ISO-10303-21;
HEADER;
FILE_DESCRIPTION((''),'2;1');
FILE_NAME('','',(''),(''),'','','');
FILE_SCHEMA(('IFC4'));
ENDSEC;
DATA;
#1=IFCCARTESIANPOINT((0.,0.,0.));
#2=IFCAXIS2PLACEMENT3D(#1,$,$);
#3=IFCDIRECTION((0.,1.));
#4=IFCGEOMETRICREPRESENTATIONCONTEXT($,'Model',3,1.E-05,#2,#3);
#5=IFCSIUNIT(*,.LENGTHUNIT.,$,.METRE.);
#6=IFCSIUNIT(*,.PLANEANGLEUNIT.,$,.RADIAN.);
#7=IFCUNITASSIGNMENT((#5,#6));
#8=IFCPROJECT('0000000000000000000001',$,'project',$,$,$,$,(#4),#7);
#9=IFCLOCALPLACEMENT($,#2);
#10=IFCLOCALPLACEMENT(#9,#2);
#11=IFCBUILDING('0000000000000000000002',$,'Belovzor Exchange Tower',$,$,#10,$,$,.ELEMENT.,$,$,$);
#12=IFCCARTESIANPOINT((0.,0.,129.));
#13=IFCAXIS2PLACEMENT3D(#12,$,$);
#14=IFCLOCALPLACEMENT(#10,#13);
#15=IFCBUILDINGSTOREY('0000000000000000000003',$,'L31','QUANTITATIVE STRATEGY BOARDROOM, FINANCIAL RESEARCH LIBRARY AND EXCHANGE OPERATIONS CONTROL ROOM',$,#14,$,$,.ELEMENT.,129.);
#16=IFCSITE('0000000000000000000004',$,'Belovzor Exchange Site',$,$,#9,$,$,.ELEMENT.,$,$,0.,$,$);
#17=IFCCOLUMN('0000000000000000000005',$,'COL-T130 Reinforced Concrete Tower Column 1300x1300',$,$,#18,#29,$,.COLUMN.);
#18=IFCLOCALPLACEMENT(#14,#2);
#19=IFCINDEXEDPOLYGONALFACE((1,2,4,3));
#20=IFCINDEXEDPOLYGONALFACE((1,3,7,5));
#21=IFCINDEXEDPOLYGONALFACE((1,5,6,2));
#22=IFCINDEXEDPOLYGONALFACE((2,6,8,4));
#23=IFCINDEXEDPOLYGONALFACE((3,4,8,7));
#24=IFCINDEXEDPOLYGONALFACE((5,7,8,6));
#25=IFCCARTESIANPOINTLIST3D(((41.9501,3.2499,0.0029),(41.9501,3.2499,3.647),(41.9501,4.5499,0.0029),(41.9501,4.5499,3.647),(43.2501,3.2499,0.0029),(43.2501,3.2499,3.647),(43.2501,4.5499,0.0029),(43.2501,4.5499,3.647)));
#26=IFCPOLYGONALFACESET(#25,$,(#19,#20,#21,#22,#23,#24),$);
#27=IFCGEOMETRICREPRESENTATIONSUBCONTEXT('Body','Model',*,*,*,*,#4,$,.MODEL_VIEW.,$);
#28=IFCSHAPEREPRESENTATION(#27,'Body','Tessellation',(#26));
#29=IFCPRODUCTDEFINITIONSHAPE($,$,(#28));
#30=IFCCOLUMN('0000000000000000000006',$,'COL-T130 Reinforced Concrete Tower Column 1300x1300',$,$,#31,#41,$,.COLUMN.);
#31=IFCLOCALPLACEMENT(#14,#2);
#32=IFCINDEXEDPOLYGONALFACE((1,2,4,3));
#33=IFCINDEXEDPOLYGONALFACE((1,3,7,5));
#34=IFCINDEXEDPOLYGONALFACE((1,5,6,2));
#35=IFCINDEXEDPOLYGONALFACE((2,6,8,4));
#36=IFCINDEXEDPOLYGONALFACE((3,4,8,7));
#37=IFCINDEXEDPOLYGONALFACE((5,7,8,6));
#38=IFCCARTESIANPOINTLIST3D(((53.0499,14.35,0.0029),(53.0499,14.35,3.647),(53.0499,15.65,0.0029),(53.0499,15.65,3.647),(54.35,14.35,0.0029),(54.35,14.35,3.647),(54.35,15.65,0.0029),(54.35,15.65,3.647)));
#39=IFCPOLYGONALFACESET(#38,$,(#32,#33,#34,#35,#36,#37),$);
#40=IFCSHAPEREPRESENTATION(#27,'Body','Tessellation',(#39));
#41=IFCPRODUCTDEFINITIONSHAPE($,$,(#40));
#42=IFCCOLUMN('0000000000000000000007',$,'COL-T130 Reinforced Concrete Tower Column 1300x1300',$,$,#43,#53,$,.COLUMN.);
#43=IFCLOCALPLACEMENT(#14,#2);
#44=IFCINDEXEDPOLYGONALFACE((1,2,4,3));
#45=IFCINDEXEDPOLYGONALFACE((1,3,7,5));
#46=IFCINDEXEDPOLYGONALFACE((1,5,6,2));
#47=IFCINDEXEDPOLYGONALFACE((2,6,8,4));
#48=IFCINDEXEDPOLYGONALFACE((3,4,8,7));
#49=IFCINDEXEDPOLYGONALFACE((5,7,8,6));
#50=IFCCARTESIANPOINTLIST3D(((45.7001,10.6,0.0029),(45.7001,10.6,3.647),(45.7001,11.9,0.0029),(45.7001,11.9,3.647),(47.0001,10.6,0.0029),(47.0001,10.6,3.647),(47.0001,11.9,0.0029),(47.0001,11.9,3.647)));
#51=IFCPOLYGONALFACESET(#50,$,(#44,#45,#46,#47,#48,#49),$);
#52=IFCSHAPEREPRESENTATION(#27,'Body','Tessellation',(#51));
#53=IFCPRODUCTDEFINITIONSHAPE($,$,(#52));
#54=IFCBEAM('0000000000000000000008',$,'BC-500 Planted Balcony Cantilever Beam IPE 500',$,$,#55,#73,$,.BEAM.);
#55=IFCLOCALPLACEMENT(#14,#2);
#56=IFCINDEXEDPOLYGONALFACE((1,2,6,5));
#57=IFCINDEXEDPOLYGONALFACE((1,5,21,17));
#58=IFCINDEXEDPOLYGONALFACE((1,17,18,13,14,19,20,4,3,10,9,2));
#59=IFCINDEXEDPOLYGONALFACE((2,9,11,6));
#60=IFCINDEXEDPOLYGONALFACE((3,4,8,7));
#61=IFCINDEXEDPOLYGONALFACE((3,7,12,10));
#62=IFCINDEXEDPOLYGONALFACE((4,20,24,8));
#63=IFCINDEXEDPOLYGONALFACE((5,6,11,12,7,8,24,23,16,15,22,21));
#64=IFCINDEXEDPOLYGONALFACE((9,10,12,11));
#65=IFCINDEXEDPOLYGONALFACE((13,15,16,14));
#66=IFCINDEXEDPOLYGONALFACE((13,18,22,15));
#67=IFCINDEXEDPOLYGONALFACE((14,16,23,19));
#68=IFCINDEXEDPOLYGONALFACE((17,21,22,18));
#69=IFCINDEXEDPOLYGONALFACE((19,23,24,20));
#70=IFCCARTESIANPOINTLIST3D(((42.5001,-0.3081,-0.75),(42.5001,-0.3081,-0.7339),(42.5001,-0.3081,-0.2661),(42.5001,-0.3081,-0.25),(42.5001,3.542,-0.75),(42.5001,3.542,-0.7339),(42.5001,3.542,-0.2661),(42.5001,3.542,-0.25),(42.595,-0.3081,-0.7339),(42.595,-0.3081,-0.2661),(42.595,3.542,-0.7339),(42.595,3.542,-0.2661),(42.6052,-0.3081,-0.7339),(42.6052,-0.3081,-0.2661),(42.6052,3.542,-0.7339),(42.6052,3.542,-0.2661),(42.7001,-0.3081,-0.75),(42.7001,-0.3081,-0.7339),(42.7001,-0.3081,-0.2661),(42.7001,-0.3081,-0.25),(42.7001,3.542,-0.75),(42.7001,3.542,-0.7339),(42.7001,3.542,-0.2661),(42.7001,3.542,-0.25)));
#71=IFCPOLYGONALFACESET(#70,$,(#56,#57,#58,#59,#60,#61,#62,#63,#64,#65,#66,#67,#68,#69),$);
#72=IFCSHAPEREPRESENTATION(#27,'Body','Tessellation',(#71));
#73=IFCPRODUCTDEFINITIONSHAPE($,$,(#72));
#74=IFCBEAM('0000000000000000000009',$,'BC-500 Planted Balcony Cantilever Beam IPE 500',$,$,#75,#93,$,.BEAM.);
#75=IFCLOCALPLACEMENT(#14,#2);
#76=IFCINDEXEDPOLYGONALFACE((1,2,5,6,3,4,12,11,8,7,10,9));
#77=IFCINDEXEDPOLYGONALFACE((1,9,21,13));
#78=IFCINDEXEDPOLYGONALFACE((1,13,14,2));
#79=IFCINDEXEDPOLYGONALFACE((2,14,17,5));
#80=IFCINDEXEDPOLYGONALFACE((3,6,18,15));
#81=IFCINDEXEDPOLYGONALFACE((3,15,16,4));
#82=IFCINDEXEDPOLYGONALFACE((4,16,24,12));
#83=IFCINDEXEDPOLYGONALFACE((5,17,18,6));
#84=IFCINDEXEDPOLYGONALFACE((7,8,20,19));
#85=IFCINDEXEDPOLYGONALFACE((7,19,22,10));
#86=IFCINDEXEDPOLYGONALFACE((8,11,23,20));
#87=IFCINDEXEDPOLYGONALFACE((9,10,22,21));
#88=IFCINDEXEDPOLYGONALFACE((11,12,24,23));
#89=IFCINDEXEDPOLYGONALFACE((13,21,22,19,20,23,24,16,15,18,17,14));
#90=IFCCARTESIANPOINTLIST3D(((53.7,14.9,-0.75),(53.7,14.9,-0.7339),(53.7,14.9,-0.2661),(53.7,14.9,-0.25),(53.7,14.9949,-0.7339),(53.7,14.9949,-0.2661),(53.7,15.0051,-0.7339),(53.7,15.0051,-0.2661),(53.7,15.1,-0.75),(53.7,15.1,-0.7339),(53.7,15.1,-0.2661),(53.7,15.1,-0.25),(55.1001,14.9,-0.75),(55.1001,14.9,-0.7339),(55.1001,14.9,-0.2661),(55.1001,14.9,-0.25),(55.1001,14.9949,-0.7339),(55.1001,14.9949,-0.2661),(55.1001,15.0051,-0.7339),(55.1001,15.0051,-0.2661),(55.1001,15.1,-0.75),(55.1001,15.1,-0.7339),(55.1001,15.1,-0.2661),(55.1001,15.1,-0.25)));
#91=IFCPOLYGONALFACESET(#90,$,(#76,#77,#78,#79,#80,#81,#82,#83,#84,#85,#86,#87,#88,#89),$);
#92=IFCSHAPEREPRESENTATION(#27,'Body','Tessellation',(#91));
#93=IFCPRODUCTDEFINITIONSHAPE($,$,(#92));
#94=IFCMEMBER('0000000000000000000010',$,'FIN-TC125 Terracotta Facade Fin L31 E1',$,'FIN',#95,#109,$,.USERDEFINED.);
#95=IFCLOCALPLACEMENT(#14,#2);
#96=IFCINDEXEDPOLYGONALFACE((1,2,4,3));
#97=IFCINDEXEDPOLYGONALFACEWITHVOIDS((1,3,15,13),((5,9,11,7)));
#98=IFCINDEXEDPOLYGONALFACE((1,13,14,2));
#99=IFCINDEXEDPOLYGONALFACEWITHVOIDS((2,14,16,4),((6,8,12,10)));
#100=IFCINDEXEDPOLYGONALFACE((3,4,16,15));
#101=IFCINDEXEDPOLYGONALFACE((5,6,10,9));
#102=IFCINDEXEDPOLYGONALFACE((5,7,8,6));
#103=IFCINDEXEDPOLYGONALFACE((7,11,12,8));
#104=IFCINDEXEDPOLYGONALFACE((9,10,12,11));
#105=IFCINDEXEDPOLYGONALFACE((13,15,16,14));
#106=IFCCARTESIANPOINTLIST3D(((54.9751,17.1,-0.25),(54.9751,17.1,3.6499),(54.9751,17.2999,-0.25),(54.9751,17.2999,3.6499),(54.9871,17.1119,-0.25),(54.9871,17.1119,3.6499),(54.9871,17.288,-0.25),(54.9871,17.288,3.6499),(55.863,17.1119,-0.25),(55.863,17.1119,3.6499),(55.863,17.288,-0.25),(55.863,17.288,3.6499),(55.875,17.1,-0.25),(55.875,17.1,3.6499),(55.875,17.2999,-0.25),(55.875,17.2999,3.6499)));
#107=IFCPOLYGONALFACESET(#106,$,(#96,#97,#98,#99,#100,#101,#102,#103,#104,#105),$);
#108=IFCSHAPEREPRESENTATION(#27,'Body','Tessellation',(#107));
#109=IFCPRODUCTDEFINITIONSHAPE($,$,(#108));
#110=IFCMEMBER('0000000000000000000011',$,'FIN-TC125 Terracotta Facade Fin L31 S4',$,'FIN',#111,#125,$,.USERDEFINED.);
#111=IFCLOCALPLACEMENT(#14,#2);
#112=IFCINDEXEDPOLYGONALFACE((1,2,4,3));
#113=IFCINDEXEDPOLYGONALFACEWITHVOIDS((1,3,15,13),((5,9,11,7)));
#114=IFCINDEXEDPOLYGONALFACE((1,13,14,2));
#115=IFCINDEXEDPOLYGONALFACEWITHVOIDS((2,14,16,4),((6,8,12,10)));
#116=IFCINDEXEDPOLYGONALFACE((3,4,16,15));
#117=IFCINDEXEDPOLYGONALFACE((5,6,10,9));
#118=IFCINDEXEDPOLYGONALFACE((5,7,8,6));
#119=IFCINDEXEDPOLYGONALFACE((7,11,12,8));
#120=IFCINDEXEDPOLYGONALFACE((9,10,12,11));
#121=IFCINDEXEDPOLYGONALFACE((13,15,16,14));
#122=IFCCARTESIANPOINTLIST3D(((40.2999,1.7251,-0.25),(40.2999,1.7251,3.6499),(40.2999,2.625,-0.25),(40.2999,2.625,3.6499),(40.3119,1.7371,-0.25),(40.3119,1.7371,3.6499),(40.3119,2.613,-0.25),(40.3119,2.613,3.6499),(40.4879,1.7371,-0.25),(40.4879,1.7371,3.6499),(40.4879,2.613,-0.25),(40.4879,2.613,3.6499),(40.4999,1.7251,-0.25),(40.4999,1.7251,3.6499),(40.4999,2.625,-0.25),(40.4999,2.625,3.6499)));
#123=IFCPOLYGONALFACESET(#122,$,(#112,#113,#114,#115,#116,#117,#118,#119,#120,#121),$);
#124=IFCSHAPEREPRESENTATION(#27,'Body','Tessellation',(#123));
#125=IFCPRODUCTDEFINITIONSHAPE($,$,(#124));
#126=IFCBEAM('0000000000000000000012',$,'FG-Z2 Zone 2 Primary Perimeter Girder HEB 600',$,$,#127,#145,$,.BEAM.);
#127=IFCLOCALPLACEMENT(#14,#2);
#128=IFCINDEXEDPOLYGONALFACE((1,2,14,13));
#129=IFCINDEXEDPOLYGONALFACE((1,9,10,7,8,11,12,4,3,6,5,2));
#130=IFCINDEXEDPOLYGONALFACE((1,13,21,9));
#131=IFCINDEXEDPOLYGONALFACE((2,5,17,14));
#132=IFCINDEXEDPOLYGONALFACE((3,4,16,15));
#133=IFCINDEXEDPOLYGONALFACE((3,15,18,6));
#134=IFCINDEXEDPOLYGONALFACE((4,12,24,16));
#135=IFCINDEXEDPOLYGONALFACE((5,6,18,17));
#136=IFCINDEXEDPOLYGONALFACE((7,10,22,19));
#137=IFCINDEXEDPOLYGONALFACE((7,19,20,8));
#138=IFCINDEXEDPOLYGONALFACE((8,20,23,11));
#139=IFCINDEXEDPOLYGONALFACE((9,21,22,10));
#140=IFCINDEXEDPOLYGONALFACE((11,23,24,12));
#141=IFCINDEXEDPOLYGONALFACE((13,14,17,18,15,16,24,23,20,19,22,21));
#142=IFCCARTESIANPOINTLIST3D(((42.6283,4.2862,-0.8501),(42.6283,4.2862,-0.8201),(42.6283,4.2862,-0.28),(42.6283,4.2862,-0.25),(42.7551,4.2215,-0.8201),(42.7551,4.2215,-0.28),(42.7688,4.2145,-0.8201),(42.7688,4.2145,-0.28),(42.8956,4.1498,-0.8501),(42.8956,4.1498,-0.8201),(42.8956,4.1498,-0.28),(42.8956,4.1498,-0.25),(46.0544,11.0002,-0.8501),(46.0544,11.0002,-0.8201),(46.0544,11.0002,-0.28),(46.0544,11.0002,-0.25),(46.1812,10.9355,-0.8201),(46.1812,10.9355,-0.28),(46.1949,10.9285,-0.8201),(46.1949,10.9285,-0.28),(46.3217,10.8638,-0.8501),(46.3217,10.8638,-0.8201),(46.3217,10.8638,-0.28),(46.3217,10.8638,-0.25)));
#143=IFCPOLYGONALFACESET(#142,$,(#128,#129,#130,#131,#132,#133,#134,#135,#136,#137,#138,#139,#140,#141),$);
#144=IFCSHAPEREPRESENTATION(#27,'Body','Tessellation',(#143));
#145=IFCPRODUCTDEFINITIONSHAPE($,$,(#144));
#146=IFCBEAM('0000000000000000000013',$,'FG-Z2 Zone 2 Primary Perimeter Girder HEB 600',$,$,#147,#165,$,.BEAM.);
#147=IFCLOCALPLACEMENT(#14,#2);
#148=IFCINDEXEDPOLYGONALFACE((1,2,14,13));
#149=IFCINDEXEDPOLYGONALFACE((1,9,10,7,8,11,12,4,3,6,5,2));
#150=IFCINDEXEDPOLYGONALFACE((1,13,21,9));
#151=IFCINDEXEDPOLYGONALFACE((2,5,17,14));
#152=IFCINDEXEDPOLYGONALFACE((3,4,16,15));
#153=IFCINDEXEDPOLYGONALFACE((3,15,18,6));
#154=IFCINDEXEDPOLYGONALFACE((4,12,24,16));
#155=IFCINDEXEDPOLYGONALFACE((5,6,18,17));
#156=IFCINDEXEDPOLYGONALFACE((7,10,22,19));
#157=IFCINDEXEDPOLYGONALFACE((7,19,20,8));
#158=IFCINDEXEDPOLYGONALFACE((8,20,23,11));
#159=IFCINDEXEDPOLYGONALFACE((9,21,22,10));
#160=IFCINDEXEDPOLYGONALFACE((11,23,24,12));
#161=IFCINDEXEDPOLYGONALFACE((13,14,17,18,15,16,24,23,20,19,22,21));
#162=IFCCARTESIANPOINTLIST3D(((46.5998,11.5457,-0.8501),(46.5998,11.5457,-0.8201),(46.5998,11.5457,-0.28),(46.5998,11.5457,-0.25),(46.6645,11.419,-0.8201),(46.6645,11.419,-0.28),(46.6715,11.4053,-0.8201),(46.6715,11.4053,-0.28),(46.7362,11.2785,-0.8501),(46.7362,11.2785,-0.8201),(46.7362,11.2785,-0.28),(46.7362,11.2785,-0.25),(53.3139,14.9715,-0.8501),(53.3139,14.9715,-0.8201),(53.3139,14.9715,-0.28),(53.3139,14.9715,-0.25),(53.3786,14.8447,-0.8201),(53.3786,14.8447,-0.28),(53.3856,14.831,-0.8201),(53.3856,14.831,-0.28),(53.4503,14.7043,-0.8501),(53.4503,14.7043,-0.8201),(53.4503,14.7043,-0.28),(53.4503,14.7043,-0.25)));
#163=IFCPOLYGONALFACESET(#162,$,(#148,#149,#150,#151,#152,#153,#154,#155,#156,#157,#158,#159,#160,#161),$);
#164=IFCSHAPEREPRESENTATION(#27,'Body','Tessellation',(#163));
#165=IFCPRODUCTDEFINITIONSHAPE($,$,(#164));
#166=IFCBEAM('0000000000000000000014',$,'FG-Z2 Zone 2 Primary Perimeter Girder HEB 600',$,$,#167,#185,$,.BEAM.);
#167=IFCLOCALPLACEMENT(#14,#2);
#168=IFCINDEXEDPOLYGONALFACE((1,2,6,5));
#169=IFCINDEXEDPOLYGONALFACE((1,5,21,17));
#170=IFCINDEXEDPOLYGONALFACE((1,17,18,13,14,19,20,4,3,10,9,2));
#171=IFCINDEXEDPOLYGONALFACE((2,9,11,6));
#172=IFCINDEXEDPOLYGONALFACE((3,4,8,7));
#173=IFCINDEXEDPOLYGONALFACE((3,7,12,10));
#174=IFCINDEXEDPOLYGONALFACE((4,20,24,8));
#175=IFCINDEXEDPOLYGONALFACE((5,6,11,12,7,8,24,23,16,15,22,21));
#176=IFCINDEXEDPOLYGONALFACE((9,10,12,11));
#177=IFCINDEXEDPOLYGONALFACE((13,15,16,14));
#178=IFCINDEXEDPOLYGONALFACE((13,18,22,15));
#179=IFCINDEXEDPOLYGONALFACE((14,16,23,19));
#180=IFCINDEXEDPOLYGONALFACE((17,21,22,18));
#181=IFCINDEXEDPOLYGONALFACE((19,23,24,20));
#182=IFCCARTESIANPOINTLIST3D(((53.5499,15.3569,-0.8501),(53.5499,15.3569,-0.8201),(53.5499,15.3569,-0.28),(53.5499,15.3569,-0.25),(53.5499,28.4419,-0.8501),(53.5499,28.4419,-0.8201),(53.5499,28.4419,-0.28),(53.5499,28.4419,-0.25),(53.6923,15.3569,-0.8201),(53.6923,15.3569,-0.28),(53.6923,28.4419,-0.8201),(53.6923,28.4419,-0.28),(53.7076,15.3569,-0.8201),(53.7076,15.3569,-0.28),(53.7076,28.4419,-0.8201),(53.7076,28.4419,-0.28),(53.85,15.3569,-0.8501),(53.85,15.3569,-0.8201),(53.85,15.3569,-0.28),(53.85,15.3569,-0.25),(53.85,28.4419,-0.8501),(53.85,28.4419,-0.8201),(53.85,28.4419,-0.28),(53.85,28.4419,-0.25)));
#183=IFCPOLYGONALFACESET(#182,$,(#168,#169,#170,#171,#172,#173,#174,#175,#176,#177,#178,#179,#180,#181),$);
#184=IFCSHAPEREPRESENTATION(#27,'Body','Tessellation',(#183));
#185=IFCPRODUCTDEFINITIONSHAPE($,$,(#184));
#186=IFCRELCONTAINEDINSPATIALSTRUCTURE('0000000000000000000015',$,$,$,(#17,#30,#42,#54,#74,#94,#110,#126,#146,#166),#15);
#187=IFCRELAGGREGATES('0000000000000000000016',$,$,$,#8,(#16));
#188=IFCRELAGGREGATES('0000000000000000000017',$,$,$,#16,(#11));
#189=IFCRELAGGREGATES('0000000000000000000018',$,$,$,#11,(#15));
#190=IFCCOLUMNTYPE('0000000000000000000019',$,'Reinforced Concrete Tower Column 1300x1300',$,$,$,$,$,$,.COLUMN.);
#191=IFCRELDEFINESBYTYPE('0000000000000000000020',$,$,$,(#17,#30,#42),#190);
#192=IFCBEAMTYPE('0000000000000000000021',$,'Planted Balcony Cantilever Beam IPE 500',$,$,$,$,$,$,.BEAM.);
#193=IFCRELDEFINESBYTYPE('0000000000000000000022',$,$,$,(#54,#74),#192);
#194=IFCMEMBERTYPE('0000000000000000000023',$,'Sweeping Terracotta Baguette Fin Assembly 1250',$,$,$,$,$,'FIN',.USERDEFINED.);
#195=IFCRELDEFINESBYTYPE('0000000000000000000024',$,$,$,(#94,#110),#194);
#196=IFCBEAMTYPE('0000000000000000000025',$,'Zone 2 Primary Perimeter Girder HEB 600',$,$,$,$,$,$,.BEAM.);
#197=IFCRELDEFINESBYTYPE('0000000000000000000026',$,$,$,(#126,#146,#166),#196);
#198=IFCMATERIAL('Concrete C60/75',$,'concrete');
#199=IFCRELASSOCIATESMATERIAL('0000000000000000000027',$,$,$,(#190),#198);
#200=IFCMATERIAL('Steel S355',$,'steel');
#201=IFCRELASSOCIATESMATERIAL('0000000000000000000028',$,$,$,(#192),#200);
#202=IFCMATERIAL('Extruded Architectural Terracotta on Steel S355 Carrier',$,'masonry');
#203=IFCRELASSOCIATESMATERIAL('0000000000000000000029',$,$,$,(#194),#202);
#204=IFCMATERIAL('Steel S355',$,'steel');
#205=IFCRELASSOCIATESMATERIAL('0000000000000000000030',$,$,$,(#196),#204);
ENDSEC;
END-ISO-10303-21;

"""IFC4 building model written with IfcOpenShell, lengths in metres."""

from ifc_helpers import new_model, si_unit, direction, frame, origin, origin_2d, place, context, subcontext, project, spatial, rectangle, hollow_rectangle, i_section, extrude, material, material_profile, profile_set, type_object, element, save


model = new_model("IFC4")

# Units and contexts
model_context = context("Model", 3, precision=1e-05, world=origin(), true_north=direction((0.0, 1.0)))
body_context = subcontext(model_context, "Body", "Model", "MODEL_VIEW")
ifc_project = project(units=[si_unit("LENGTHUNIT", "METRE"), si_unit("PLANEANGLEUNIT", "RADIAN")], contexts=[model_context])

# Site, building, storey
site_placement = place(None, origin())
site = spatial("IfcSite", under=ifc_project, at=site_placement, Name="Belovzor Exchange Site", CompositionType="ELEMENT", RefElevation=0.0)
building_placement = place(site_placement, origin())
building = spatial("IfcBuilding", under=site, at=building_placement, Name="Belovzor Exchange Tower", CompositionType="ELEMENT")
storey_placement = place(building_placement, frame((0.0, 0.0, 129.0)))
storey = spatial("IfcBuildingStorey", under=building, at=storey_placement, Name="L31", Description="QUANTITATIVE STRATEGY BOARDROOM, FINANCIAL RESEARCH LIBRARY AND EXCHANGE OPERATIONS CONTROL ROOM", CompositionType="ELEMENT", Elevation=129.0)

# Columns
ifc_material_1 = material(Name="Concrete C60/75", Category="concrete")
ifc_material_profile_1 = material_profile(ifc_material_1, rectangle(XDim=1.3, YDim=1.3, at=origin_2d()))
ifc_profile_set_1 = profile_set([ifc_material_profile_1], Name="Concrete C60/75")
column_type = type_object("IfcColumnType", Name="Reinforced Concrete Tower Column 1300x1300", PredefinedType="COLUMN", material=ifc_profile_set_1)
for number, where, z_axis, x_axis, name in (
    (1, (42.6001, 3.8999, 0.0029), (0.0, 0.0, 1.0), (1.0, 0.0, 0.0), "COL-T130 Reinforced Concrete Tower Column 1300x1300"),
    (2, (53.7, 15.0, 0.0029), (0.0, 0.0, 1.0), (1.0, 0.0, 0.0), "COL-T130 Reinforced Concrete Tower Column 1300x1300"),
    (3, (46.3501, 11.25, 0.0029), (0.0, 0.0, 1.0), (1.0, 0.0, 0.0), "COL-T130 Reinforced Concrete Tower Column 1300x1300"),
):
    element("IfcColumn", number, at=place(storey_placement, frame(where, z_axis=z_axis, x_axis=x_axis)), inside=storey, type_object=column_type, Name=name, PredefinedType="COLUMN", context=body_context, shape_type="SweptSolid", body=[
        extrude(rectangle(XDim=1.3, YDim=1.3, at=origin_2d()), origin(), (0.0, 0.0, 1.0), 3.644),
    ])

# Beams
ifc_material_2 = material(Name="Steel S355", Category="steel")
ifc_material_profile_2 = material_profile(ifc_material_2, i_section(OverallWidth=0.2, OverallDepth=0.5, WebThickness=0.0103, FlangeThickness=0.0161, at=origin_2d()))
ifc_profile_set_2 = profile_set([ifc_material_profile_2], Name="Steel S355")
beam_type_1 = type_object("IfcBeamType", Name="Planted Balcony Cantilever Beam IPE 500", PredefinedType="BEAM", material=ifc_profile_set_2)
beam_1_placement = place(storey_placement, frame((42.6001, 3.542, -0.5), z_axis=(0.0, -1.0, 0.0), x_axis=(1.0, 0.0, 0.0)))
element("IfcBeam", 4, at=beam_1_placement, inside=storey, type_object=beam_type_1, Name="BC-500 Planted Balcony Cantilever Beam IPE 500", PredefinedType="BEAM", context=body_context, shape_type="SweptSolid", body=[
    extrude(i_section(OverallWidth=0.2, OverallDepth=0.5, WebThickness=0.0103, FlangeThickness=0.0161, at=origin_2d()), origin(), (0.0, 0.0, 1.0), 3.8501),
])
beam_2_placement = place(storey_placement, frame((53.7, 15.0, -0.5), z_axis=(1.0, 0.0, 0.0), x_axis=(0.0, 1.0, 0.0)))
element("IfcBeam", 5, at=beam_2_placement, inside=storey, type_object=beam_type_1, Name="BC-500 Planted Balcony Cantilever Beam IPE 500", PredefinedType="BEAM", context=body_context, shape_type="SweptSolid", body=[
    extrude(i_section(OverallWidth=0.2, OverallDepth=0.5, WebThickness=0.0103, FlangeThickness=0.0161, at=origin_2d()), origin(), (0.0, 0.0, 1.0), 1.4001),
])

# Members
ifc_material_3 = material(Name="Extruded Architectural Terracotta on Steel S355 Carrier", Category="masonry")
ifc_material_profile_3 = material_profile(ifc_material_3, hollow_rectangle(XDim=0.2, YDim=0.8999, WallThickness=0.012, at=origin_2d()))
ifc_profile_set_3 = profile_set([ifc_material_profile_3], Name="Extruded Architectural Terracotta on Steel S355 Carrier")
member_type = type_object("IfcMemberType", Name="Sweeping Terracotta Baguette Fin Assembly 1250", ElementType="FIN", PredefinedType="USERDEFINED", material=ifc_profile_set_3)
for number, where, z_axis, x_axis, name in (
    (6, (55.425, 17.2, -0.25), (0.0, 0.0, 1.0), (0.0, 1.0, 0.0), "FIN-TC125 Terracotta Facade Fin L31 E1"),
    (7, (40.3999, 2.175, -0.25), (0.0, 0.0, 1.0), (1.0, 0.0, 0.0), "FIN-TC125 Terracotta Facade Fin L31 S4"),
):
    element("IfcMember", number, at=place(storey_placement, frame(where, z_axis=z_axis, x_axis=x_axis)), inside=storey, type_object=member_type, Name=name, ObjectType="FIN", PredefinedType="USERDEFINED", context=body_context, shape_type="SweptSolid", body=[
        extrude(hollow_rectangle(XDim=0.2, YDim=0.8999, WallThickness=0.012, at=origin_2d()), origin(), (0.0, 0.0, 1.0), 3.8999),
    ])

# Beams
ifc_material_4 = material(Name="Steel S355", Category="steel")
ifc_material_profile_4 = material_profile(ifc_material_4, i_section(OverallWidth=0.3, OverallDepth=0.6001, WebThickness=0.0154, FlangeThickness=0.03, at=origin_2d()))
ifc_profile_set_4 = profile_set([ifc_material_profile_4], Name="Steel S355")
beam_type_2 = type_object("IfcBeamType", Name="Zone 2 Primary Perimeter Girder HEB 600", PredefinedType="BEAM", material=ifc_profile_set_4)
for number, where, z_axis, x_axis, name in (
    (8, (42.762, 4.218, -0.55), (0.454532, 0.890731, 0.0), (-0.890731, 0.454532, 0.0), "FG-Z2 Zone 2 Primary Perimeter Girder HEB 600"),
    (9, (46.668, 11.4121, -0.55), (0.89075, 0.454493, 0.0), (-0.454493, 0.89075, 0.0), "FG-Z2 Zone 2 Primary Perimeter Girder HEB 600"),
):
    element("IfcBeam", number, at=place(storey_placement, frame(where, z_axis=z_axis, x_axis=x_axis)), inside=storey, type_object=beam_type_2, Name=name, PredefinedType="BEAM", context=body_context, shape_type="SweptSolid", body=[
        extrude(i_section(OverallWidth=0.3, OverallDepth=0.6001, WebThickness=0.0154, FlangeThickness=0.03, at=origin_2d()), origin(), (0.0, 0.0, 1.0), 7.5376),
    ])
beam_3_placement = place(storey_placement, frame((53.7, 15.3569, -0.55), z_axis=(0.0, 1.0, 0.0), x_axis=(-1.0, 0.0, 0.0)))
element("IfcBeam", 10, at=beam_3_placement, inside=storey, type_object=beam_type_2, Name="FG-Z2 Zone 2 Primary Perimeter Girder HEB 600", PredefinedType="BEAM", context=body_context, shape_type="SweptSolid", body=[
    extrude(i_section(OverallWidth=0.3, OverallDepth=0.6001, WebThickness=0.0154, FlangeThickness=0.03, at=origin_2d()), origin(), (0.0, 0.0, 1.0), 13.085),
])

save(model, "model.ifc")
